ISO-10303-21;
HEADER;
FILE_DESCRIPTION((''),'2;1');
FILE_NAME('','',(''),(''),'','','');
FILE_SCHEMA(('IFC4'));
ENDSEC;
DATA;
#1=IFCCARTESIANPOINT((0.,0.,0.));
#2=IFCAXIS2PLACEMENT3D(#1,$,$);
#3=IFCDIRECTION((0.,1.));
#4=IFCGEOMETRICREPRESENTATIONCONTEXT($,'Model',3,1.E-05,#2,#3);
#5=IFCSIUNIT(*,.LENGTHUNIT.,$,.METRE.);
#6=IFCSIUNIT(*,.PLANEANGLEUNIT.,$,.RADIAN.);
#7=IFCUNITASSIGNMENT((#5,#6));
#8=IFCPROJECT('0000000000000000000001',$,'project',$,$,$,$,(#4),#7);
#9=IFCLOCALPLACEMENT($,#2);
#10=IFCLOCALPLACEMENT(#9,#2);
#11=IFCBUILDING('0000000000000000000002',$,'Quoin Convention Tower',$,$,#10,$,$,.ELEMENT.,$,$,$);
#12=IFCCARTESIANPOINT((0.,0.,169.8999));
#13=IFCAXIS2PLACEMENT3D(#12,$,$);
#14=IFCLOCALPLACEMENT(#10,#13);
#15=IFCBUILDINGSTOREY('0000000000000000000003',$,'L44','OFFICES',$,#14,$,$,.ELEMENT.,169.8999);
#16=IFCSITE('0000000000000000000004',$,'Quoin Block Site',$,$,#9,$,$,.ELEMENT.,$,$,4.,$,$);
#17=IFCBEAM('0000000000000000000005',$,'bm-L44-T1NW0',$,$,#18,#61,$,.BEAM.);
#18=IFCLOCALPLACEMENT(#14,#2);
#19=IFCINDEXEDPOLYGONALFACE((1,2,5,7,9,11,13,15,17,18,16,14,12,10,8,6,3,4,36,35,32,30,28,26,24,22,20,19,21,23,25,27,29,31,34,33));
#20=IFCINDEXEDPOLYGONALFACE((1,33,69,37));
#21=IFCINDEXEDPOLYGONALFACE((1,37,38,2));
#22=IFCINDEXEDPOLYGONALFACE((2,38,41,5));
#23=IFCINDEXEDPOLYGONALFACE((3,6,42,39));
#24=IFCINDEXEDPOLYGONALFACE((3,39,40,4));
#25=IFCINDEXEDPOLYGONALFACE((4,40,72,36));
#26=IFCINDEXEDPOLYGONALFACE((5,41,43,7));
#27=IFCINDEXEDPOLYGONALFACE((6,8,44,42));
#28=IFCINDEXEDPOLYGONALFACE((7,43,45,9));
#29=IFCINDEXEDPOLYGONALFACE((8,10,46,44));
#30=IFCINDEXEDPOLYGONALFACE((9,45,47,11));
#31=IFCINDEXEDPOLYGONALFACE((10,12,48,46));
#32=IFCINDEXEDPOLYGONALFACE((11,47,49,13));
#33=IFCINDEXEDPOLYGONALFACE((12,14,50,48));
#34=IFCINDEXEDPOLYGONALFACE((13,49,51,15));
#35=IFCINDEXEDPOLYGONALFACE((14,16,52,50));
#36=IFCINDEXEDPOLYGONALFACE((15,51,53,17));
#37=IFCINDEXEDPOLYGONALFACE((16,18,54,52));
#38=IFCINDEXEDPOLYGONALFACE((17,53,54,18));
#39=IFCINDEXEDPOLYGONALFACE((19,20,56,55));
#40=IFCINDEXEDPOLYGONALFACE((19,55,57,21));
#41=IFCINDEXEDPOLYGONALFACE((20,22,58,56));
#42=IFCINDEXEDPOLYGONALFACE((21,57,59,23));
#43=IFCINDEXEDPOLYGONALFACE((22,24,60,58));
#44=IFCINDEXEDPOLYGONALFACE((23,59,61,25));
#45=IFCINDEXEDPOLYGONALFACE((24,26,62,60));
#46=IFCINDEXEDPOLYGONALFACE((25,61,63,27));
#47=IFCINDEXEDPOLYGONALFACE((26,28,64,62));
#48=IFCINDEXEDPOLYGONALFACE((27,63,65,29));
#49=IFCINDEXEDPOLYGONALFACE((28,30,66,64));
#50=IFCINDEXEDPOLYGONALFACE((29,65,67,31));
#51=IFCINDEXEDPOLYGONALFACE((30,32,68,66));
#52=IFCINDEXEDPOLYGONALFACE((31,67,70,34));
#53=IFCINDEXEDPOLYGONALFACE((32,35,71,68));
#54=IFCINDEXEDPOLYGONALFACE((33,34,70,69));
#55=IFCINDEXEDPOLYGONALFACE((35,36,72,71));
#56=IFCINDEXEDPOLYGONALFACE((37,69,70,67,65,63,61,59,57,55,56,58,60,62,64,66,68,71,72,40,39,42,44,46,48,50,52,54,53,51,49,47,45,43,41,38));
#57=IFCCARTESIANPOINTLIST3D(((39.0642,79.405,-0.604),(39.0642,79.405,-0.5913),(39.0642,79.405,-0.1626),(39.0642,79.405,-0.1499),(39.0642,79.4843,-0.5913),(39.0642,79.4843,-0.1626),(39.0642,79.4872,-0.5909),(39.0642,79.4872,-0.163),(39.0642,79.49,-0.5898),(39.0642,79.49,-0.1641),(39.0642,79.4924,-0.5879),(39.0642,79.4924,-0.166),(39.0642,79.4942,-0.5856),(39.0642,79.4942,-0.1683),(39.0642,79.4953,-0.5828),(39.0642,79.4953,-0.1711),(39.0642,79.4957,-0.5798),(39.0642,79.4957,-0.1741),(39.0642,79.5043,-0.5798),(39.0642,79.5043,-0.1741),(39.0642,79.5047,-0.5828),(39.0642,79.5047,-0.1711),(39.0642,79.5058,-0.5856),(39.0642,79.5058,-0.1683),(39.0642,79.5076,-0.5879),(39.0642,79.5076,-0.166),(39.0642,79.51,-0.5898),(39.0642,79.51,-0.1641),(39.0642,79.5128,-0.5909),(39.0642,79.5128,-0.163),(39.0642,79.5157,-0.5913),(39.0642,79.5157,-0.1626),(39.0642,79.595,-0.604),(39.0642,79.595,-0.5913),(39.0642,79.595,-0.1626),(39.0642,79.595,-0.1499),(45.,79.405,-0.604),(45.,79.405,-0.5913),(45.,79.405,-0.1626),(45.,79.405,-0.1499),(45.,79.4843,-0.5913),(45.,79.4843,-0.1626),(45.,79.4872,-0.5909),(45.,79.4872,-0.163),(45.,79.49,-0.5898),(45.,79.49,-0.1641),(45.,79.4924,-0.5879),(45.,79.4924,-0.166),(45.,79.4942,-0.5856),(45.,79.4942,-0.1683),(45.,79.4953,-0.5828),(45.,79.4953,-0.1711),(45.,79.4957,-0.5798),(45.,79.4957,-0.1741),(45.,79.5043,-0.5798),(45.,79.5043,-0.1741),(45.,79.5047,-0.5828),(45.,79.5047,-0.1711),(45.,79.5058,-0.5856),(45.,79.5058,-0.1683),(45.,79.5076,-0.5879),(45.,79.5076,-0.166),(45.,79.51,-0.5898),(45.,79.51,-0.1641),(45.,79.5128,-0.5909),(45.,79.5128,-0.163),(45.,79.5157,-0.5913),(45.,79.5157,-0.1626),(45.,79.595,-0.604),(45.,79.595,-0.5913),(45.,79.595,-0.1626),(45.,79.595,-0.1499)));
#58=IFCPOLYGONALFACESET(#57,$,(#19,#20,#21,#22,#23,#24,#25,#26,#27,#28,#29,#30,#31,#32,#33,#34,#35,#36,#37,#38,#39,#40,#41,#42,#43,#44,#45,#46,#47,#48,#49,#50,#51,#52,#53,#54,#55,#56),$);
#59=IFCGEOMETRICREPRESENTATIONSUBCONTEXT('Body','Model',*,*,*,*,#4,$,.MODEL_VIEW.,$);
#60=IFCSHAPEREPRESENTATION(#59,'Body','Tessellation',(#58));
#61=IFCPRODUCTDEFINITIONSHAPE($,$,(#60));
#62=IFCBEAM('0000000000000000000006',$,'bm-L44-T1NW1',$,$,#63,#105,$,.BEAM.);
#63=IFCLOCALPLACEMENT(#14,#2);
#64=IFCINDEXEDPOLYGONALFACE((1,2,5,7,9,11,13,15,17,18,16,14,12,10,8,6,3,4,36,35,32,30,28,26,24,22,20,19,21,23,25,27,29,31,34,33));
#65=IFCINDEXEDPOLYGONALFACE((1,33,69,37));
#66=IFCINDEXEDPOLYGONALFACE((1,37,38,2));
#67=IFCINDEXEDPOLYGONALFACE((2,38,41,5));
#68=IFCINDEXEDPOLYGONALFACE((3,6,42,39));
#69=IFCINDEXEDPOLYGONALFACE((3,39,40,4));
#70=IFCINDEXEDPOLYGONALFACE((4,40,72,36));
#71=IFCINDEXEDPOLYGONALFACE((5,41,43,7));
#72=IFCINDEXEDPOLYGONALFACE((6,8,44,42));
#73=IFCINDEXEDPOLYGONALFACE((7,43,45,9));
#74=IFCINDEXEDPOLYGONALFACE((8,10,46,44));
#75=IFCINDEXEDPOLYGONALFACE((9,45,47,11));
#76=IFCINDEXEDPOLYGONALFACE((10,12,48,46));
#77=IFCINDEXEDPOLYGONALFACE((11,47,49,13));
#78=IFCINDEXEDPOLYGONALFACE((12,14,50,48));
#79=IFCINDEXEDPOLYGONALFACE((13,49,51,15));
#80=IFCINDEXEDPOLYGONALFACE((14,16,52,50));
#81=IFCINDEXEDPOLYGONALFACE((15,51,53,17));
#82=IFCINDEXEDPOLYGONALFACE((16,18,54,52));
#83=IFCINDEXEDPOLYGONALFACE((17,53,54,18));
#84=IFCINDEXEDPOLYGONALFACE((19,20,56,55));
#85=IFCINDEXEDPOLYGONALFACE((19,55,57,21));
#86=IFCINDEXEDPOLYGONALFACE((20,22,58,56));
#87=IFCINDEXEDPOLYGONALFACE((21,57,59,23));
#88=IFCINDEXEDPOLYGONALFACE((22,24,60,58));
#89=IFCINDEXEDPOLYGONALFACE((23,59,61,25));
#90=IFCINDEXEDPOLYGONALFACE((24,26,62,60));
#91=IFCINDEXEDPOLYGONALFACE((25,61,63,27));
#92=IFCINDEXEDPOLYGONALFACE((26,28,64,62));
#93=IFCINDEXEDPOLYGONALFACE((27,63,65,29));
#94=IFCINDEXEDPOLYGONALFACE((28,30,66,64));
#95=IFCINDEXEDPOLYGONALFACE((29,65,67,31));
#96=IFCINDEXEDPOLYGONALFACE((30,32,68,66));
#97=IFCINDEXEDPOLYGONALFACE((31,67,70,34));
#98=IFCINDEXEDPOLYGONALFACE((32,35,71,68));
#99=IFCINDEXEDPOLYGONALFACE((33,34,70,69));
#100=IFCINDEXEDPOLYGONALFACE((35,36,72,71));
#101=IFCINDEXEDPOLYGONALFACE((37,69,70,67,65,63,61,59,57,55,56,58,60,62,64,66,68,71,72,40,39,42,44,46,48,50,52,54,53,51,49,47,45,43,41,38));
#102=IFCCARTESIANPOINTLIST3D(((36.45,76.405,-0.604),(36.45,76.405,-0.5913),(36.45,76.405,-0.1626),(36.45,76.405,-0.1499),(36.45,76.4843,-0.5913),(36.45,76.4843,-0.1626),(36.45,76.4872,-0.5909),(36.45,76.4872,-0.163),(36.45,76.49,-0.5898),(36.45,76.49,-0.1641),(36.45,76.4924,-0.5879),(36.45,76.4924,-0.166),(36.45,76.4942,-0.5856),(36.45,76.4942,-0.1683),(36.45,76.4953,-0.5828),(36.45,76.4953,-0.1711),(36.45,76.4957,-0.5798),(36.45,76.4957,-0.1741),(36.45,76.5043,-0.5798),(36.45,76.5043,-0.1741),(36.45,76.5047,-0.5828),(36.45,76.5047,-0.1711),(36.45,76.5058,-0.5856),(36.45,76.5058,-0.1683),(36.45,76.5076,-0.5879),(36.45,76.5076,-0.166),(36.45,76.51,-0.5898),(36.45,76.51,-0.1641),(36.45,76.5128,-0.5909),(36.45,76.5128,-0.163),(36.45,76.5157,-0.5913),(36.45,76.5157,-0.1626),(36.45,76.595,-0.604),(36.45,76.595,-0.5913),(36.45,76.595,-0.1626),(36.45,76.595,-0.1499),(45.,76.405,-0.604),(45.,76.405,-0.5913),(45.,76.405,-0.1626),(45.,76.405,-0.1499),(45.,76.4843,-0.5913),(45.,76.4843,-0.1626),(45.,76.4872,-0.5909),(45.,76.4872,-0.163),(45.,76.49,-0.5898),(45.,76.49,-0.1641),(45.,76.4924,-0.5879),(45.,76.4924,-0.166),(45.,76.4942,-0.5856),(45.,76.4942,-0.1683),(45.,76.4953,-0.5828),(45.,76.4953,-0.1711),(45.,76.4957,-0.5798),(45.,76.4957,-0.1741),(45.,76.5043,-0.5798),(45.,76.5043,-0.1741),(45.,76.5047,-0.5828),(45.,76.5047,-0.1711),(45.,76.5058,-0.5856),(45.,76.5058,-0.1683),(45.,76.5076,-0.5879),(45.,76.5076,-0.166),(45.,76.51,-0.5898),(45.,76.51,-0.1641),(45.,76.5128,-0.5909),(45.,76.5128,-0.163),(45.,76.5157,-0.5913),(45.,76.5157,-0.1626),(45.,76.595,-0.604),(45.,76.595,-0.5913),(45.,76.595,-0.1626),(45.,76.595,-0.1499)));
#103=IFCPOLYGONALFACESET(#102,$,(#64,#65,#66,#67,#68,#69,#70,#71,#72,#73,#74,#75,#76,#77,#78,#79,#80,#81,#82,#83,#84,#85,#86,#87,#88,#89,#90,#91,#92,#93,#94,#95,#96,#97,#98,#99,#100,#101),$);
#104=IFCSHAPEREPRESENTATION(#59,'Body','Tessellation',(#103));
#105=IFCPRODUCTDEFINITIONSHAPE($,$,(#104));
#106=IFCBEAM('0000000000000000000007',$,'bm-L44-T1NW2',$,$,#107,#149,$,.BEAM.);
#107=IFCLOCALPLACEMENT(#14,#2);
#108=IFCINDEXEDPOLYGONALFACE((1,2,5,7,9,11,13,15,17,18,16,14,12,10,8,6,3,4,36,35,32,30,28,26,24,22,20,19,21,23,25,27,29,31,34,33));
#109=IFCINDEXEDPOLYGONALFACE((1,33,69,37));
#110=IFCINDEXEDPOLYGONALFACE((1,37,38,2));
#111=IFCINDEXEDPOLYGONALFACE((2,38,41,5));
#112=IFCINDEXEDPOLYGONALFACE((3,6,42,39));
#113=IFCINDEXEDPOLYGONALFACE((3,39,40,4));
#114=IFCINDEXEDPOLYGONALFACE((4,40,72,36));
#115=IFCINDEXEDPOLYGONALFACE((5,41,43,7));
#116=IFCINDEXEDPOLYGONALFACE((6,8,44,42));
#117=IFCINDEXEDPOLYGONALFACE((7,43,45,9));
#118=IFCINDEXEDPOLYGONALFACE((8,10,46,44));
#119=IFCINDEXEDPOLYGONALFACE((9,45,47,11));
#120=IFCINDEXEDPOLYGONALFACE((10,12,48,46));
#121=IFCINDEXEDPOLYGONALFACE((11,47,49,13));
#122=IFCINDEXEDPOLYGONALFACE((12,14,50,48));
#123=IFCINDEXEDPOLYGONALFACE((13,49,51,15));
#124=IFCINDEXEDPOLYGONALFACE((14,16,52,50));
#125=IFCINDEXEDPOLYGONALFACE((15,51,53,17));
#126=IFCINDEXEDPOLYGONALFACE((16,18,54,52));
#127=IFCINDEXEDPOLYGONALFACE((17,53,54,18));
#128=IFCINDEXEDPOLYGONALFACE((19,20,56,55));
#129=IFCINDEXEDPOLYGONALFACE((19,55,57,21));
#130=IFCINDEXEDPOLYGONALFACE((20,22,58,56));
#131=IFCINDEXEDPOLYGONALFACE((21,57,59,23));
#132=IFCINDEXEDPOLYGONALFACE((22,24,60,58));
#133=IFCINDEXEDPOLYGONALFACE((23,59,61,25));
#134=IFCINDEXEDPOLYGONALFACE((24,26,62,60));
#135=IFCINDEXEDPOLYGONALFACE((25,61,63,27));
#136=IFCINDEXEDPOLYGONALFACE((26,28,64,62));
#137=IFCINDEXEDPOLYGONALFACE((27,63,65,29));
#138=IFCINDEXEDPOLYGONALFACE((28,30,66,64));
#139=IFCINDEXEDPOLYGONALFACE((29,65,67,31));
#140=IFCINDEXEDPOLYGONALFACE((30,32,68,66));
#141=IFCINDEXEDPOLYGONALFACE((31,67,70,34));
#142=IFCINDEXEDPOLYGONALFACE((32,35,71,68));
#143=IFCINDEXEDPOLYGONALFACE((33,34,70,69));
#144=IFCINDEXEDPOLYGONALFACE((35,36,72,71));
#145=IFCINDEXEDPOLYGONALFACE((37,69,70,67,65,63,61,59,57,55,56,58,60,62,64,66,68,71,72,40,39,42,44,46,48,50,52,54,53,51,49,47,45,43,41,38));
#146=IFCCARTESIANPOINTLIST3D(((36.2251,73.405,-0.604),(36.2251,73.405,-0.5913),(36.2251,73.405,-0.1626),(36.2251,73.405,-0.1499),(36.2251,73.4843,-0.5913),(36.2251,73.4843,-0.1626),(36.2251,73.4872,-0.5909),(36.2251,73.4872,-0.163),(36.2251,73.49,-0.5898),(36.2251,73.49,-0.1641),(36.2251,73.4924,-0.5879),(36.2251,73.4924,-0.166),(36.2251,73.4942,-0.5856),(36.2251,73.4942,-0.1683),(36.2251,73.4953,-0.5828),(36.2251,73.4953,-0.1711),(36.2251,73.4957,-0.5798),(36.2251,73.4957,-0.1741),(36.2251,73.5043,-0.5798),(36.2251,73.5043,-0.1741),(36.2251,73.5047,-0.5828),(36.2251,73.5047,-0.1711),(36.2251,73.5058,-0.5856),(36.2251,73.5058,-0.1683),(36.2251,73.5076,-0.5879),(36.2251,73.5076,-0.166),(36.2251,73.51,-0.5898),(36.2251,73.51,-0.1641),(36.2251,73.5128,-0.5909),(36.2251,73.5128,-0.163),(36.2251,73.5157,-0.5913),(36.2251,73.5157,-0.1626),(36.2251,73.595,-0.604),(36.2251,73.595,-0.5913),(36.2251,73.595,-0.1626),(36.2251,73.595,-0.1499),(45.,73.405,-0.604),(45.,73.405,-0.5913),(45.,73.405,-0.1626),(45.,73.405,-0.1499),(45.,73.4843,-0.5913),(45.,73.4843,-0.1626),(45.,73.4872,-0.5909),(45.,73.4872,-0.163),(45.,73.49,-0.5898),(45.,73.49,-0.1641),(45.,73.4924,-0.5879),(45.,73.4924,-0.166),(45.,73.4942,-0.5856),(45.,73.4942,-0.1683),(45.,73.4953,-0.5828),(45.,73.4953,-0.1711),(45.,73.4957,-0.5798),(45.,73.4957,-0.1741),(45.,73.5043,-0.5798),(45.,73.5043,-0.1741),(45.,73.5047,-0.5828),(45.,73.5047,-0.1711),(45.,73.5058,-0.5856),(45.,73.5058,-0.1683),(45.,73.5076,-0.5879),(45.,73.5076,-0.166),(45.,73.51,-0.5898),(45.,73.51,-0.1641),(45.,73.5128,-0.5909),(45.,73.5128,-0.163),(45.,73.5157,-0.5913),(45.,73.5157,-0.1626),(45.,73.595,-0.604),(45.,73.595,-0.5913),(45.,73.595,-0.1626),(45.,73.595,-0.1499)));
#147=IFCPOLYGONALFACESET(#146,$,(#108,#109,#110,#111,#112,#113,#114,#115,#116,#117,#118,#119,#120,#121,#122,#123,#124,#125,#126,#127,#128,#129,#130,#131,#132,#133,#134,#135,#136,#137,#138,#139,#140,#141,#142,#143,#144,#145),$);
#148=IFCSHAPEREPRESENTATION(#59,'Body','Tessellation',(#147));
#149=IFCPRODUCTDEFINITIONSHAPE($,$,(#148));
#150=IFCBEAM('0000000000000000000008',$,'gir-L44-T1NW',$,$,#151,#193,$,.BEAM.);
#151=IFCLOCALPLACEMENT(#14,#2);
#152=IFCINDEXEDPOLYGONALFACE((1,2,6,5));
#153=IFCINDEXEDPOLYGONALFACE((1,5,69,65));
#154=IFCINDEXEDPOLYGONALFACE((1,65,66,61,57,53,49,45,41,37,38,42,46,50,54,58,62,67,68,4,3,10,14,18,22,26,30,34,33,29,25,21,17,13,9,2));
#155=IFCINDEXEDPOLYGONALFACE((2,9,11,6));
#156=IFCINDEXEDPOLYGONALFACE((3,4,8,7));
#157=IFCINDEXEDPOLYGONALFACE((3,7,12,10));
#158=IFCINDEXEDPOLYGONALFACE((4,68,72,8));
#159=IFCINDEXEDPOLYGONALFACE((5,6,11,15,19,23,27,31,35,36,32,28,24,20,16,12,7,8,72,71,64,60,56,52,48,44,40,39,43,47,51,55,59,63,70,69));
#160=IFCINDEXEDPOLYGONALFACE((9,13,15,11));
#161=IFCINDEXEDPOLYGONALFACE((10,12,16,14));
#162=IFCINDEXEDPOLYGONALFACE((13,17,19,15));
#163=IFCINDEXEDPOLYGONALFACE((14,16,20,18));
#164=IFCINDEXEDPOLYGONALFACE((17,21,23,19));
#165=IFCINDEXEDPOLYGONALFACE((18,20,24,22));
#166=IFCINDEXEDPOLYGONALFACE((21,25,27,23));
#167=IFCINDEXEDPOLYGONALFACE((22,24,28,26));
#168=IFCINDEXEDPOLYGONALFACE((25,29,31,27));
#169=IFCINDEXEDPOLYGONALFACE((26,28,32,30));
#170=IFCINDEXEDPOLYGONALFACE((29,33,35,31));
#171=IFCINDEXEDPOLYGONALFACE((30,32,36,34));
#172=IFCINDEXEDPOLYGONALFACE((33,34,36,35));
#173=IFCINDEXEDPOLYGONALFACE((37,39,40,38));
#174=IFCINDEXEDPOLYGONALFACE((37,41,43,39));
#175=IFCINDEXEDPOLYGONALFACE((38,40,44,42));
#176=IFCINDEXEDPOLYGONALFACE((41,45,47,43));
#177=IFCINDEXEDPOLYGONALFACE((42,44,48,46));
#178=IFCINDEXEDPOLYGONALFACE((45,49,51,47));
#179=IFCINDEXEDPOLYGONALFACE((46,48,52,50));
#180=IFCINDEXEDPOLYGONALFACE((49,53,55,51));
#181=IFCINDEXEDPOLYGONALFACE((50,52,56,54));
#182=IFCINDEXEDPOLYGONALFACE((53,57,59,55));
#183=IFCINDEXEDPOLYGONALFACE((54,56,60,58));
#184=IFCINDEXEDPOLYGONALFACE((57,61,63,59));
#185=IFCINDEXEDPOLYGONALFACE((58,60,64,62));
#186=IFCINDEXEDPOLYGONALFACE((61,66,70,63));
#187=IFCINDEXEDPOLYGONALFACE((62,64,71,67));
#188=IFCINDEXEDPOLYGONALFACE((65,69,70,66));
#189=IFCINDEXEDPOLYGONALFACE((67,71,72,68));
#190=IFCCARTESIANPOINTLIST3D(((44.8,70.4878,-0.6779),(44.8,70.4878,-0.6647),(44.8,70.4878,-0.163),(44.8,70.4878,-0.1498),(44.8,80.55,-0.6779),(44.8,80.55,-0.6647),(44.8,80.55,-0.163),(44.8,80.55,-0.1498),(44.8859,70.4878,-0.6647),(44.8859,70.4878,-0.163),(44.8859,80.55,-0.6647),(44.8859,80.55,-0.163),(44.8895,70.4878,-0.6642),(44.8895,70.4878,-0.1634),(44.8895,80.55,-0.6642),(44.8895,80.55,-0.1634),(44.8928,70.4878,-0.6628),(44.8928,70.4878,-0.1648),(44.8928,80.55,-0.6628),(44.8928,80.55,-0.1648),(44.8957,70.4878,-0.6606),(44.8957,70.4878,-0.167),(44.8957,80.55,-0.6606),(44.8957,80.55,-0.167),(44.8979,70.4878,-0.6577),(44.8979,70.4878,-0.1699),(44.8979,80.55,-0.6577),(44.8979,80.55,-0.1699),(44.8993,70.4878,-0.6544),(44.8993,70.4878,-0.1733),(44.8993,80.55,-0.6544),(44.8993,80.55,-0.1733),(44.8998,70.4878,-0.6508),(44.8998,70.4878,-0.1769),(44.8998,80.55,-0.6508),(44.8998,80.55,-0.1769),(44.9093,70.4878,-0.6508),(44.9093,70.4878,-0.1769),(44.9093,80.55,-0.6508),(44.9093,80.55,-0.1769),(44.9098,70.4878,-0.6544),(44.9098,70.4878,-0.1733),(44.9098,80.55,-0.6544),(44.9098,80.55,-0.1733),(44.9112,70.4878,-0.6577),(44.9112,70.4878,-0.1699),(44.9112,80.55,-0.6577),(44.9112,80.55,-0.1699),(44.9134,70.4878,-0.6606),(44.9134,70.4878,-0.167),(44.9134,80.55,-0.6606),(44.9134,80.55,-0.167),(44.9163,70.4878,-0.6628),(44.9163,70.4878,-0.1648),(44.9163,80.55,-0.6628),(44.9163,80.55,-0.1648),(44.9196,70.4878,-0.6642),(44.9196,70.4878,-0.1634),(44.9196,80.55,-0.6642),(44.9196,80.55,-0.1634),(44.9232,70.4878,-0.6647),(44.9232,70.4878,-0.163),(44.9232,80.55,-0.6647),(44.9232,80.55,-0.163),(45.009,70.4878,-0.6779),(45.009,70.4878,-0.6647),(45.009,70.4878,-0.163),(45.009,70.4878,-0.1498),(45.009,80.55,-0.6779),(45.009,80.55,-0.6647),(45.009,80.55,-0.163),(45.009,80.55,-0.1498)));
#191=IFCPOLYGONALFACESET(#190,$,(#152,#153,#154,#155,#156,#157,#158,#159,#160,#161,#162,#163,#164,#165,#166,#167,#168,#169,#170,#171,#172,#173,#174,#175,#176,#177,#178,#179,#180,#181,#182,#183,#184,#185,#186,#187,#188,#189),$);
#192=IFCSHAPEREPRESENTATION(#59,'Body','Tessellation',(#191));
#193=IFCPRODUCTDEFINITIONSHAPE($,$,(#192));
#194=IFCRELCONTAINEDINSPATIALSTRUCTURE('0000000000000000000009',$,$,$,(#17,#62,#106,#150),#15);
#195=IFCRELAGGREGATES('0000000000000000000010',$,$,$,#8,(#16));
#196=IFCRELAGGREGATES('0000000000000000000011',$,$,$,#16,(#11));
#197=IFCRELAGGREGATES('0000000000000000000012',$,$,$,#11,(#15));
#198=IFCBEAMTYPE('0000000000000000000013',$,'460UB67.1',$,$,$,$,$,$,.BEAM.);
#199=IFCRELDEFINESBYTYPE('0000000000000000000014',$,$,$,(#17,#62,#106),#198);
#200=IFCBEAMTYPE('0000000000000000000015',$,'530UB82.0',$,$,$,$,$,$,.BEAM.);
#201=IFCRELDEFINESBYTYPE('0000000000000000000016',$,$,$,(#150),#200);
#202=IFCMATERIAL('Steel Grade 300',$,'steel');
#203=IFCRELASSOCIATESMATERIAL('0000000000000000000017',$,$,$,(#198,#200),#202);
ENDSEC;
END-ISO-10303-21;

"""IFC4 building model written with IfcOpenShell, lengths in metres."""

from ifc_helpers import new_model, si_unit, direction, frame, origin, origin_2d, place, context, subcontext, project, spatial, i_section, extrude, material, material_profile, profile_set, type_object, element, save


model = new_model("IFC4")

# Units and contexts
model_context = context("Model", 3, precision=1e-05, world=origin(), true_north=direction((0.0, 1.0)))
body_context = subcontext(model_context, "Body", "Model", "MODEL_VIEW")
ifc_project = project(units=[si_unit("LENGTHUNIT", "METRE"), si_unit("PLANEANGLEUNIT", "RADIAN")], contexts=[model_context])

# Site, building, storey
site_placement = place(None, origin())
site = spatial("IfcSite", under=ifc_project, at=site_placement, Name="Quoin Block Site", CompositionType="ELEMENT", RefElevation=4.0)
building_placement = place(site_placement, origin())
building = spatial("IfcBuilding", under=site, at=building_placement, Name="Quoin Convention Tower", CompositionType="ELEMENT")
storey_placement = place(building_placement, frame((0.0, 0.0, 169.8999)))
storey = spatial("IfcBuildingStorey", under=building, at=storey_placement, Name="L44", Description="OFFICES", CompositionType="ELEMENT", Elevation=169.8999)

# Beams
ifc_material_1 = material(Name="Steel Grade 300", Category="steel")
ifc_material_profile_1 = material_profile(ifc_material_1, i_section(OverallWidth=0.1899, OverallDepth=0.4541, WebThickness=0.0085, FlangeThickness=0.0127, FilletRadius=0.0115, at=origin_2d()), Name="460UB67.1")
ifc_profile_set_1 = profile_set([ifc_material_profile_1], Name="Steel Grade 300")
beam_type_1 = type_object("IfcBeamType", Name="460UB67.1", PredefinedType="BEAM", material=ifc_profile_set_1)
beam_1_placement = place(storey_placement, frame((39.0642, 79.5, -0.377), z_axis=(1.0, 0.0, 0.0), x_axis=(0.0, 1.0, 0.0)))
element("IfcBeam", 1, at=beam_1_placement, inside=storey, type_object=beam_type_1, Name="bm-L44-T1NW0", PredefinedType="BEAM", context=body_context, shape_type="SweptSolid", body=[
    extrude(i_section(OverallWidth=0.1899, OverallDepth=0.4541, WebThickness=0.0085, FlangeThickness=0.0127, FilletRadius=0.0115, at=origin_2d()), origin(), (0.0, 0.0, 1.0), 5.9358),
])
beam_2_placement = place(storey_placement, frame((36.45, 76.5, -0.377), z_axis=(1.0, 0.0, 0.0), x_axis=(0.0, 1.0, 0.0)))
element("IfcBeam", 2, at=beam_2_placement, inside=storey, type_object=beam_type_1, Name="bm-L44-T1NW1", PredefinedType="BEAM", context=body_context, shape_type="SweptSolid", body=[
    extrude(i_section(OverallWidth=0.1899, OverallDepth=0.4541, WebThickness=0.0085, FlangeThickness=0.0127, FilletRadius=0.0115, at=origin_2d()), origin(), (0.0, 0.0, 1.0), 8.55),
])
beam_3_placement = place(storey_placement, frame((36.2251, 73.5, -0.377), z_axis=(1.0, 0.0, 0.0), x_axis=(0.0, 1.0, 0.0)))
element("IfcBeam", 3, at=beam_3_placement, inside=storey, type_object=beam_type_1, Name="bm-L44-T1NW2", PredefinedType="BEAM", context=body_context, shape_type="SweptSolid", body=[
    extrude(i_section(OverallWidth=0.1899, OverallDepth=0.4541, WebThickness=0.0085, FlangeThickness=0.0127, FilletRadius=0.0115, at=origin_2d()), origin(), (0.0, 0.0, 1.0), 8.7749),
])
ifc_material_profile_2 = material_profile(ifc_material_1, i_section(OverallWidth=0.209, OverallDepth=0.5281, WebThickness=0.0095, FlangeThickness=0.0132, FilletRadius=0.0139, at=origin_2d()), Name="530UB82.0")
ifc_profile_set_2 = profile_set([ifc_material_profile_2], Name="Steel Grade 300")
beam_type_2 = type_object("IfcBeamType", Name="530UB82.0", PredefinedType="BEAM", material=ifc_profile_set_2)
beam_4_placement = place(storey_placement, frame((44.9045, 80.55, -0.4138), z_axis=(0.0, -1.0, 0.0), x_axis=(1.0, 0.0, 0.0)))
element("IfcBeam", 4, at=beam_4_placement, inside=storey, type_object=beam_type_2, Name="gir-L44-T1NW", PredefinedType="BEAM", context=body_context, shape_type="SweptSolid", body=[
    extrude(i_section(OverallWidth=0.209, OverallDepth=0.5281, WebThickness=0.0095, FlangeThickness=0.0132, FilletRadius=0.0139, at=origin_2d()), origin(), (0.0, 0.0, 1.0), 10.0623),
])

save(model, "model.ifc")
